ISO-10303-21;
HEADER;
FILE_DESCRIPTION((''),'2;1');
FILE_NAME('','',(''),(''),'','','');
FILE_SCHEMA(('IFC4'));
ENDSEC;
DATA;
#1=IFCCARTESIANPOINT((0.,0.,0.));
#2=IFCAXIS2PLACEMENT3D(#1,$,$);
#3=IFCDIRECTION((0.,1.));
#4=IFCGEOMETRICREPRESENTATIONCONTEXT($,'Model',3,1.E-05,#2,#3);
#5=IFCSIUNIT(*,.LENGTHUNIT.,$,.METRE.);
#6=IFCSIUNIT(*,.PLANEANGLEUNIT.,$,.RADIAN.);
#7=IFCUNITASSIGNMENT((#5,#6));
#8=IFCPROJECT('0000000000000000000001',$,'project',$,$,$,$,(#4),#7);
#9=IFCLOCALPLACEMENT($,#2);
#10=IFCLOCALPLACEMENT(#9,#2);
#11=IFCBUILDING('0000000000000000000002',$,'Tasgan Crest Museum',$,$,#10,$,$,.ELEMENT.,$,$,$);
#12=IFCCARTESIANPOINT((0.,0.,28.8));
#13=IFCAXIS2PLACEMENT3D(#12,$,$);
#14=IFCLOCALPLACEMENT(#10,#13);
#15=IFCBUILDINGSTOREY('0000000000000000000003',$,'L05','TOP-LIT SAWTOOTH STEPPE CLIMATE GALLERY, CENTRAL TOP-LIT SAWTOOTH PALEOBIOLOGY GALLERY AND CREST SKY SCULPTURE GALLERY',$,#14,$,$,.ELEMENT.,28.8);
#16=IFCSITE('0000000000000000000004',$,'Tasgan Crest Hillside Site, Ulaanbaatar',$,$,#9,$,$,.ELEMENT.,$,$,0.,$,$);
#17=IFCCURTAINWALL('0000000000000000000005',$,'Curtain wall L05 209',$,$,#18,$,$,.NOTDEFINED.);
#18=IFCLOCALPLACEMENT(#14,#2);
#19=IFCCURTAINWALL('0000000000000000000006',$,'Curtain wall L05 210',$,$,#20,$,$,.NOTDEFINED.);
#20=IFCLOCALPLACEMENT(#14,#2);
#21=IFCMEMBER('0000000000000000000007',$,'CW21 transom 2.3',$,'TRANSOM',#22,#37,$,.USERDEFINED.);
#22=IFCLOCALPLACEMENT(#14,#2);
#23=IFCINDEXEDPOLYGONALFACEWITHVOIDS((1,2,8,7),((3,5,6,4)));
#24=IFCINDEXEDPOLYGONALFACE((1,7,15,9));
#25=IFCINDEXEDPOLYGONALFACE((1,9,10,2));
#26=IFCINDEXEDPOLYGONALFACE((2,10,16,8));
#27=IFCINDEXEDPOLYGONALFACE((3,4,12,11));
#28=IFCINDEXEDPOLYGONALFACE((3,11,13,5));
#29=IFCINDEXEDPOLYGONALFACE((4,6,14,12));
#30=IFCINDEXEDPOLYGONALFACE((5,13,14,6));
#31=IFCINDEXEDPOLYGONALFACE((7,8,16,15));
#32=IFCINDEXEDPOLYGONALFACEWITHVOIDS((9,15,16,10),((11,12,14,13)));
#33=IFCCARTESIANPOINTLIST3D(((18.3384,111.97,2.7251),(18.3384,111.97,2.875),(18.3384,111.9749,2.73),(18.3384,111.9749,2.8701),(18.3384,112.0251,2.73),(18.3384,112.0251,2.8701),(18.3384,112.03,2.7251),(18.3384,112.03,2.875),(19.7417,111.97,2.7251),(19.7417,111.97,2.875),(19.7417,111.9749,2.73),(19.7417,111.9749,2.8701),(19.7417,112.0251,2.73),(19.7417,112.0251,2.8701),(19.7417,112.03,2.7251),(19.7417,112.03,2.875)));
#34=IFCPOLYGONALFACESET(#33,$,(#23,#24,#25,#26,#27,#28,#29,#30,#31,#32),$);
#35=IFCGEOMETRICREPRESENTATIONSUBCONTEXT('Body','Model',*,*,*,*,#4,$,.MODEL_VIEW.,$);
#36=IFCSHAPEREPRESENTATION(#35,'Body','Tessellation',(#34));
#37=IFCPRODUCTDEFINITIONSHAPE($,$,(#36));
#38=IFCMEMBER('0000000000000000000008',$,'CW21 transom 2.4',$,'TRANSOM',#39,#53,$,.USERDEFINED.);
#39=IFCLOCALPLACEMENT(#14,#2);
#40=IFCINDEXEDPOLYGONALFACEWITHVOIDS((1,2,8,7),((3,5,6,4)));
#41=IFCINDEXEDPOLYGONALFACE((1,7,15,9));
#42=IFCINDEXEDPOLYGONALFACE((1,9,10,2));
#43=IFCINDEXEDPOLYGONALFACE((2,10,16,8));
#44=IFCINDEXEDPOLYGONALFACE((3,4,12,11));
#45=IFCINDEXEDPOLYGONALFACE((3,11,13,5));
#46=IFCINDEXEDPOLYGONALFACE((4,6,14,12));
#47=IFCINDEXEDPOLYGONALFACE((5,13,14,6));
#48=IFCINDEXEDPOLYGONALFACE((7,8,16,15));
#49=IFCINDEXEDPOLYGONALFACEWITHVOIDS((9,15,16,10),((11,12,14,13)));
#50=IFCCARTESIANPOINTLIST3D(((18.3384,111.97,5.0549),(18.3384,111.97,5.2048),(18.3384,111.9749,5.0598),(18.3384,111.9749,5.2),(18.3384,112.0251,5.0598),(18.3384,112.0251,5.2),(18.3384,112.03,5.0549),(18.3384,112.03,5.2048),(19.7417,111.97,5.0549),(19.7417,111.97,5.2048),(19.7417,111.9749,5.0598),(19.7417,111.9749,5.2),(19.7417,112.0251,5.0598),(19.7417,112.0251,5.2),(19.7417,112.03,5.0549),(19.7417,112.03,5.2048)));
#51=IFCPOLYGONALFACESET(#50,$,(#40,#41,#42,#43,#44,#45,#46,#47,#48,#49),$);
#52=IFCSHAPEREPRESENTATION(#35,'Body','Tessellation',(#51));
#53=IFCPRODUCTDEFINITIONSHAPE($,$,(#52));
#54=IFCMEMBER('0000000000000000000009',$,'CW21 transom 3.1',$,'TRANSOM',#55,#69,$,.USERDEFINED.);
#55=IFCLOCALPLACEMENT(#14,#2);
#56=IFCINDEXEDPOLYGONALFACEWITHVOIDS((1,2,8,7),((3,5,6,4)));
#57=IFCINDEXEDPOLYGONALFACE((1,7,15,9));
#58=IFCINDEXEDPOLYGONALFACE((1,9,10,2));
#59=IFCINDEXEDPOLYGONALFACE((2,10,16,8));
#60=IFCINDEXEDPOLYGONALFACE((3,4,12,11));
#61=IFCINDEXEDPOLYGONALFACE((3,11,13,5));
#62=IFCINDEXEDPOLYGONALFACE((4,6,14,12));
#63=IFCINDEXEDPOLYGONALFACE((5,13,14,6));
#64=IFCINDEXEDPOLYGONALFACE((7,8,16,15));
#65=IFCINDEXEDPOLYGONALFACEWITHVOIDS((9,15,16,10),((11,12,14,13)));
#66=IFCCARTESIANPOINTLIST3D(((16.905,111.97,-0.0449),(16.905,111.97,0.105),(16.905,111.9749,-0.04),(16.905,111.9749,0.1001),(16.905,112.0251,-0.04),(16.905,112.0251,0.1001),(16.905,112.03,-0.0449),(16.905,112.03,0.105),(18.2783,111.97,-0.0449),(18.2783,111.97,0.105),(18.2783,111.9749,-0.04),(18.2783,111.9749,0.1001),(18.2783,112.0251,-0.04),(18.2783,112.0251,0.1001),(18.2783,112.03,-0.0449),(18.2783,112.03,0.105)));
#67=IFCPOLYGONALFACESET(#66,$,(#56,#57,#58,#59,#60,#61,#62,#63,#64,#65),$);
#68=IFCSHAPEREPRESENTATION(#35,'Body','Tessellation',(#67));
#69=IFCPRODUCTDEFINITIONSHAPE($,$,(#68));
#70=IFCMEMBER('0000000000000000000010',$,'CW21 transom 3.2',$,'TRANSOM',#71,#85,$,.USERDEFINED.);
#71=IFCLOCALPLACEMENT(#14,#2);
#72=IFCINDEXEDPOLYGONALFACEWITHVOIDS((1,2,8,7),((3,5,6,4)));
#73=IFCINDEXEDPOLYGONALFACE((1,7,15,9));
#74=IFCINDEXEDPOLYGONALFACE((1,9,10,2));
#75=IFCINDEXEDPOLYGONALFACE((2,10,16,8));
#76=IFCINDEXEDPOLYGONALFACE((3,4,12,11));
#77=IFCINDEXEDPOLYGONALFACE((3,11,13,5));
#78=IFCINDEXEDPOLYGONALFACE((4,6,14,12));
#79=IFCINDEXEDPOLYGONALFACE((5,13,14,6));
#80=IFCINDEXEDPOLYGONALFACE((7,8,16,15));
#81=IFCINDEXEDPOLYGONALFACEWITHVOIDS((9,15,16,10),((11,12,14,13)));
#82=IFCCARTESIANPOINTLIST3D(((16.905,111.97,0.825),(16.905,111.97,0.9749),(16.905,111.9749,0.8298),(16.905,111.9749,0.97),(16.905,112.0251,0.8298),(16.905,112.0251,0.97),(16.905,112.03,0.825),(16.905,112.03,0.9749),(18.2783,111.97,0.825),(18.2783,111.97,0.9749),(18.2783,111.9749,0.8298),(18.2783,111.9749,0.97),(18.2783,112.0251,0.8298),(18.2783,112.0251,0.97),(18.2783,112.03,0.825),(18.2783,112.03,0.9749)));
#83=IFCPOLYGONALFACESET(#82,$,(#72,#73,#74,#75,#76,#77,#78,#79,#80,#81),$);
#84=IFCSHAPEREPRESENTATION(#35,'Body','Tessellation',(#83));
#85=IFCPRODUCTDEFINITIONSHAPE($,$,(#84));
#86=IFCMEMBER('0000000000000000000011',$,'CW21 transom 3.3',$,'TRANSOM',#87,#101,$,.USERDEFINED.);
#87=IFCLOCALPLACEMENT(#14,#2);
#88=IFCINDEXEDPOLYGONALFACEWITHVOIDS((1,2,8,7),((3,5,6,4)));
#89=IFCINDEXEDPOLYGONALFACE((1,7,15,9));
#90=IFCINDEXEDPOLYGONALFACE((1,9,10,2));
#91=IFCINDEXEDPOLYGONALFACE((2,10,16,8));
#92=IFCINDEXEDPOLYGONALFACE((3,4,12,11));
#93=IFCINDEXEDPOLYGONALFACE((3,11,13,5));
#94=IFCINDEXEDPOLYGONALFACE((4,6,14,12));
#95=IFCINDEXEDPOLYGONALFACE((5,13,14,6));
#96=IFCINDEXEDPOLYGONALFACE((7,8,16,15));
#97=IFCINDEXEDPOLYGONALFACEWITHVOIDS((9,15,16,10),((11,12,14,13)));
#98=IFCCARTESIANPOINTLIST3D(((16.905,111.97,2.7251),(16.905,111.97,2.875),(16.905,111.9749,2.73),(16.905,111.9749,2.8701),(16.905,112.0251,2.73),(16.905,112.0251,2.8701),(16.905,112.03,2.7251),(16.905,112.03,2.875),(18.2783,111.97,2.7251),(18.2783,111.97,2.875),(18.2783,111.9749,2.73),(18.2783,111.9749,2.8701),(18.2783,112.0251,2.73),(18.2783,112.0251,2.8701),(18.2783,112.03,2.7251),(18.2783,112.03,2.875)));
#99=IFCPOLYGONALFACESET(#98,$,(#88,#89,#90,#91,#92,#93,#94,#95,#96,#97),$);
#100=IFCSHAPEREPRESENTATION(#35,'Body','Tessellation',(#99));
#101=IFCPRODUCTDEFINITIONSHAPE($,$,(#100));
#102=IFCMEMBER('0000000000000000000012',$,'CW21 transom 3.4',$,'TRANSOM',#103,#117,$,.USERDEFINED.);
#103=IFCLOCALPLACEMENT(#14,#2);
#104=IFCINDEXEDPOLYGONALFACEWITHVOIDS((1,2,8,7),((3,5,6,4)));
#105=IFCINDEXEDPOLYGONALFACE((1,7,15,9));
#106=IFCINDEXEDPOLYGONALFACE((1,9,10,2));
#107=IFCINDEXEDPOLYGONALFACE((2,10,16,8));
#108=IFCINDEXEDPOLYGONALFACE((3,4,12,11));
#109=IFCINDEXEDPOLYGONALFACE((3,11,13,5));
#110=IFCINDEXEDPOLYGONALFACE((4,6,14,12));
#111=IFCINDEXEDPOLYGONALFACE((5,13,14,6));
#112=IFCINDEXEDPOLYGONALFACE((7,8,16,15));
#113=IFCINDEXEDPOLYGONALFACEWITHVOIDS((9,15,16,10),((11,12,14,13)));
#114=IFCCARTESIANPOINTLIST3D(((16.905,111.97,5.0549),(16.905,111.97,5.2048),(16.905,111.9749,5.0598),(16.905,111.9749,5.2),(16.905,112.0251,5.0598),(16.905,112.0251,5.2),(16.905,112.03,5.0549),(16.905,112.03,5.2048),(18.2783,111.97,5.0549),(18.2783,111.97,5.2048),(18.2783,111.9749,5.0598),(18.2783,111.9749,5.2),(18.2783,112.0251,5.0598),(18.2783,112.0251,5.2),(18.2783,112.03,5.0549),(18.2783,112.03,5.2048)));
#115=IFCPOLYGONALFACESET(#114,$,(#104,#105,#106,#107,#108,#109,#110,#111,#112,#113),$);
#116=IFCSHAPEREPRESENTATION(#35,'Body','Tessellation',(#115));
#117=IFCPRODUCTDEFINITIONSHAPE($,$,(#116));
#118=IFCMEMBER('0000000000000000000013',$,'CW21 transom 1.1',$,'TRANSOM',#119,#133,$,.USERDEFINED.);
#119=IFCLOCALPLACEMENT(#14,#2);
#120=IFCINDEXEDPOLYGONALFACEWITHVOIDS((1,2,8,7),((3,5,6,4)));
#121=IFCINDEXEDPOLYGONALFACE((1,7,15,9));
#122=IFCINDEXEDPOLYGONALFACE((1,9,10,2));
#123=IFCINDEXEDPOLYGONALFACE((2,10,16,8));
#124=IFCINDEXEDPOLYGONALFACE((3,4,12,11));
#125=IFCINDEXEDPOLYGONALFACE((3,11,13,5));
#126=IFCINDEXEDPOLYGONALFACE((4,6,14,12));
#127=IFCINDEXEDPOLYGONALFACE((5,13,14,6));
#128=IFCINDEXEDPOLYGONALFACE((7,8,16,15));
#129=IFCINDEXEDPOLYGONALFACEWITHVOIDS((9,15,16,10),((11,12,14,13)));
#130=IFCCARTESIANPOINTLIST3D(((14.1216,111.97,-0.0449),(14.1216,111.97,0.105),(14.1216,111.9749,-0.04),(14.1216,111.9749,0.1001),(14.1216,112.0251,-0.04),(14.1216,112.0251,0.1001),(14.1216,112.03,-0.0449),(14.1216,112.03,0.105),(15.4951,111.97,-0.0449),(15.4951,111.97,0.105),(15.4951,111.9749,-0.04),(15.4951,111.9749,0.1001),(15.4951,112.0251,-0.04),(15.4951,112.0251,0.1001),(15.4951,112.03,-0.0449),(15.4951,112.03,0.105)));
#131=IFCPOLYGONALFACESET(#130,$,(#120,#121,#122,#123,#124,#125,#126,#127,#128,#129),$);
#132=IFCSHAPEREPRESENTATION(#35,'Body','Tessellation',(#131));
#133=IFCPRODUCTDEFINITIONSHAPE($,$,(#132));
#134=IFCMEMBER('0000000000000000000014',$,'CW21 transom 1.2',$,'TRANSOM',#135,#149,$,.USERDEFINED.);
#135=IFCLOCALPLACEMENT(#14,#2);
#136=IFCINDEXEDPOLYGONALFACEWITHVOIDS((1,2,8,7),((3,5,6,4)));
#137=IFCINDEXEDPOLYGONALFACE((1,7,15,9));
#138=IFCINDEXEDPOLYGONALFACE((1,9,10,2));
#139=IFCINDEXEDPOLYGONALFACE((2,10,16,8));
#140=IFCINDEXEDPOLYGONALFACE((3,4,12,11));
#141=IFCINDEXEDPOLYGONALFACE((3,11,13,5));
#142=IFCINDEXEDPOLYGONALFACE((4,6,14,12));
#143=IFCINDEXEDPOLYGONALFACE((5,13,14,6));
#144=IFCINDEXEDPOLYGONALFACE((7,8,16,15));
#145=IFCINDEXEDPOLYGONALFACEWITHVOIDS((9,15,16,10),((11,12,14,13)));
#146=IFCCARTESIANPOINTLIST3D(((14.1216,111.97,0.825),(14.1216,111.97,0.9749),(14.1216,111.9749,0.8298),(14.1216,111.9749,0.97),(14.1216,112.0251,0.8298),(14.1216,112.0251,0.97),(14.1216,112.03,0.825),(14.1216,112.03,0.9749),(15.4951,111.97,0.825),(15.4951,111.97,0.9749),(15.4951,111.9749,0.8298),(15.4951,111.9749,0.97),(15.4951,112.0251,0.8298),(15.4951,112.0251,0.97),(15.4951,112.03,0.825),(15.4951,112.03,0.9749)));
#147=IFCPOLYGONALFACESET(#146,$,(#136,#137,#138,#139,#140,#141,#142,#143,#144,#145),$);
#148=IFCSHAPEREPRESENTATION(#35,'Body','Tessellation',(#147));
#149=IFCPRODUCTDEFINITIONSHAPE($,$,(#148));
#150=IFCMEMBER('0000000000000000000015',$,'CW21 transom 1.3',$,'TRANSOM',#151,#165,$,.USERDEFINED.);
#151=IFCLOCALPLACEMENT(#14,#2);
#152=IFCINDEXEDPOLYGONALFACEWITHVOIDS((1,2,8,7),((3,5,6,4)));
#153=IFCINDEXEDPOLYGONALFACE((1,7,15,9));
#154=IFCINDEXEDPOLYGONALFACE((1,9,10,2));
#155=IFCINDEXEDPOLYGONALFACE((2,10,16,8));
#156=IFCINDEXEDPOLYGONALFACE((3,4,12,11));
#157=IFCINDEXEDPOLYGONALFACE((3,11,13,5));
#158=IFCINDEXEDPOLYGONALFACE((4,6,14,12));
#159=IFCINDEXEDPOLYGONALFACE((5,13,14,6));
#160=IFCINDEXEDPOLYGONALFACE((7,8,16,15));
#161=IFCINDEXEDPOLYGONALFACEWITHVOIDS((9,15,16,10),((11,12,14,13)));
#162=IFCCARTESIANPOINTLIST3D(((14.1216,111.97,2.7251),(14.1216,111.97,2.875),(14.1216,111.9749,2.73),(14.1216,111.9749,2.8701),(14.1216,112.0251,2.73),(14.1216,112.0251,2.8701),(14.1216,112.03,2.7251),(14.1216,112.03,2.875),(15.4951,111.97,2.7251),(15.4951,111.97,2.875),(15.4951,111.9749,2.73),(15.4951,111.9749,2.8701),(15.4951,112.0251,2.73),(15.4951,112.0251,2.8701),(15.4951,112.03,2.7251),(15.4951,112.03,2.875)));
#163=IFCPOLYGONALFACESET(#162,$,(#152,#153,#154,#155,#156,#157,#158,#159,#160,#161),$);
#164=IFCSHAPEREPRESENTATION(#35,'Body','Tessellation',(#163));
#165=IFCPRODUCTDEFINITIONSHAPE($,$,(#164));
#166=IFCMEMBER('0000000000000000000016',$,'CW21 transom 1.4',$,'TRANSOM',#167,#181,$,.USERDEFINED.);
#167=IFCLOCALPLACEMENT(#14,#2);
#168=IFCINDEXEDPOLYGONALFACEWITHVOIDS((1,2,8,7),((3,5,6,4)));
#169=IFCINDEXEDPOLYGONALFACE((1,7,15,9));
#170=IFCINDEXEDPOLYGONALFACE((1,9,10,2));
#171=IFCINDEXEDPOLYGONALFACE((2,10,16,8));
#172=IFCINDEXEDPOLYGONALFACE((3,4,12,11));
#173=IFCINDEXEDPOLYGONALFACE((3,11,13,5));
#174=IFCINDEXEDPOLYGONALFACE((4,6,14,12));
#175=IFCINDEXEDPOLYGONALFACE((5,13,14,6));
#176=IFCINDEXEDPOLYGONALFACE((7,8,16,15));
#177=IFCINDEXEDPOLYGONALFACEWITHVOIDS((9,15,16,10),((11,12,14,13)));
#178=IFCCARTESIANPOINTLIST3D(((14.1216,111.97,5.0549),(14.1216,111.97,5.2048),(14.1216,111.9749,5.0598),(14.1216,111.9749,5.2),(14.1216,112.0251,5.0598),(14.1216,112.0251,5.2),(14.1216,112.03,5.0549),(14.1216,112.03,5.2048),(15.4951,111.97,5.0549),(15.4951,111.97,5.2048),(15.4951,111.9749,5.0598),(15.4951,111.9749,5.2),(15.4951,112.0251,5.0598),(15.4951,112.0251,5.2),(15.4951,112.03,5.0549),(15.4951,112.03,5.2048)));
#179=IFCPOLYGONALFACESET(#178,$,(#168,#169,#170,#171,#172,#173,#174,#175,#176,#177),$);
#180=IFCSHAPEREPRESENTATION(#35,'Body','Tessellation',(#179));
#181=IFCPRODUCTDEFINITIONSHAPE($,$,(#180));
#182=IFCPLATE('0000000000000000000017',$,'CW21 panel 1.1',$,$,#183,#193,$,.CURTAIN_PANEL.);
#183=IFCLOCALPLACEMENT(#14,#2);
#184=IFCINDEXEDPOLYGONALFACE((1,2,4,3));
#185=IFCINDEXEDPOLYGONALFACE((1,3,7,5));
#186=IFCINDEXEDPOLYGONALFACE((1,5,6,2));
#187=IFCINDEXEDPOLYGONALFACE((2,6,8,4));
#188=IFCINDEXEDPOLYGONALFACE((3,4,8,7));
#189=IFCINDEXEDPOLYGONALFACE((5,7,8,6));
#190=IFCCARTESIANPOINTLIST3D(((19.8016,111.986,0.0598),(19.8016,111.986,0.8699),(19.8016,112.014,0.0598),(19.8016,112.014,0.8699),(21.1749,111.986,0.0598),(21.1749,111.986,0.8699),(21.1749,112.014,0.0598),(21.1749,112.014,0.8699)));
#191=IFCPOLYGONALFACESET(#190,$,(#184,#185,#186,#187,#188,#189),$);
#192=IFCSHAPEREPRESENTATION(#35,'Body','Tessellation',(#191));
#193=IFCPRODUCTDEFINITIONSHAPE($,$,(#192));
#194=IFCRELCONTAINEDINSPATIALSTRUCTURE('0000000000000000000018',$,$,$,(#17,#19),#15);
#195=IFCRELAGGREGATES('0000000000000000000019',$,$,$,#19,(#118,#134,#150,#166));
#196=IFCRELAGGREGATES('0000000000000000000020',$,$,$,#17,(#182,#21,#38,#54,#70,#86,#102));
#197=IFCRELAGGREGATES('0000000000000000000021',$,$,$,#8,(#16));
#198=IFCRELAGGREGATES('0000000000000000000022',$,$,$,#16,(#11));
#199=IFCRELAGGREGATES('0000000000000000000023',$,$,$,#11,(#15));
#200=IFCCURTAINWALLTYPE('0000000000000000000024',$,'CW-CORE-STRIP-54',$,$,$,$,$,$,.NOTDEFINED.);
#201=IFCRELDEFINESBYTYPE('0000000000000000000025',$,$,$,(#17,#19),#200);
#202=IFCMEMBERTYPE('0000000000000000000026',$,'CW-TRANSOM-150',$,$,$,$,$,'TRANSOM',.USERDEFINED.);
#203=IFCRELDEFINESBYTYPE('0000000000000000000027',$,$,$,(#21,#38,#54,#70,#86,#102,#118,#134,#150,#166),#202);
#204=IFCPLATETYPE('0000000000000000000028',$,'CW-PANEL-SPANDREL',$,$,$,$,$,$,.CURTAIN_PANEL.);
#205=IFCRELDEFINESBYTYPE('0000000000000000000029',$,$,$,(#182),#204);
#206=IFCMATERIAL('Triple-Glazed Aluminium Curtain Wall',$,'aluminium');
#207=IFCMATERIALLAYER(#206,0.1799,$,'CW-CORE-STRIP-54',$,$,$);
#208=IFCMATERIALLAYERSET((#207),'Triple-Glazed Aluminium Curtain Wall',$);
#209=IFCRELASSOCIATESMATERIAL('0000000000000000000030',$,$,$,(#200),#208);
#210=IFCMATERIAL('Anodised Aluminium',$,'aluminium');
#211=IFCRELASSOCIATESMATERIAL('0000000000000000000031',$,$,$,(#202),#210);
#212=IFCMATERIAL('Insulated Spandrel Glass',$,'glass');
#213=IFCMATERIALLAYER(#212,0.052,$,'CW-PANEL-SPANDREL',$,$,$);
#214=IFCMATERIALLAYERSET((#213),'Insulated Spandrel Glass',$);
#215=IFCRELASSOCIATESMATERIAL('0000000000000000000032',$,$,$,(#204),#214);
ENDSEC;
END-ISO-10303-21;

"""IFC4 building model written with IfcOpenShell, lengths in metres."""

from ifc_helpers import new_model, si_unit, direction, frame, origin, origin_2d, place, context, subcontext, project, spatial, rectangle, hollow_rectangle, extrude, material, layer, layer_set, material_profile, profile_set, type_object, element, aggregate, save


model = new_model("IFC4")

# Units and contexts
model_context = context("Model", 3, precision=1e-05, world=origin(), true_north=direction((0.0, 1.0)))
body_context = subcontext(model_context, "Body", "Model", "MODEL_VIEW")
ifc_project = project(units=[si_unit("LENGTHUNIT", "METRE"), si_unit("PLANEANGLEUNIT", "RADIAN")], contexts=[model_context])

# Site, building, storey
site_placement = place(None, origin())
site = spatial("IfcSite", under=ifc_project, at=site_placement, Name="Tasgan Crest Hillside Site, Ulaanbaatar", CompositionType="ELEMENT", RefElevation=0.0)
building_placement = place(site_placement, origin())
building = spatial("IfcBuilding", under=site, at=building_placement, Name="Tasgan Crest Museum", CompositionType="ELEMENT")
storey_placement = place(building_placement, frame((0.0, 0.0, 28.8)))
storey = spatial("IfcBuildingStorey", under=building, at=storey_placement, Name="L05", Description="TOP-LIT SAWTOOTH STEPPE CLIMATE GALLERY, CENTRAL TOP-LIT SAWTOOTH PALEOBIOLOGY GALLERY AND CREST SKY SCULPTURE GALLERY", CompositionType="ELEMENT", Elevation=28.8)

# Curtain wall
ifc_material_1 = material(Name="Triple-Glazed Aluminium Curtain Wall", Category="aluminium")
ifc_layer_1 = layer(ifc_material_1, 0.1799, Name="CW-CORE-STRIP-54")
ifc_layer_set_1 = layer_set([ifc_layer_1], Name="Triple-Glazed Aluminium Curtain Wall")
curtain_wall_type = type_object("IfcCurtainWallType", Name="CW-CORE-STRIP-54", PredefinedType="NOTDEFINED", material=ifc_layer_set_1)
curtain_wall_1_placement = place(storey_placement, origin())
curtain_wall_1 = element("IfcCurtainWall", 1, at=curtain_wall_1_placement, inside=storey, type_object=curtain_wall_type, Name="Curtain wall L05 209", PredefinedType="NOTDEFINED")

# Curtain wall
curtain_wall_2_placement = place(storey_placement, origin())
curtain_wall_2 = element("IfcCurtainWall", 2, at=curtain_wall_2_placement, inside=storey, type_object=curtain_wall_type, Name="Curtain wall L05 210", PredefinedType="NOTDEFINED")

# Members
ifc_material_2 = material(Name="Anodised Aluminium", Category="aluminium")
ifc_material_profile_1 = material_profile(ifc_material_2, hollow_rectangle(XDim=0.0601, YDim=0.1499, WallThickness=0.0049, at=origin_2d()), Name="ALU TRANSOM 150x60x5")
ifc_profile_set_1 = profile_set([ifc_material_profile_1], Name="Anodised Aluminium")
member_type_1 = type_object("IfcMemberType", Name="CW-TRANSOM-150", ElementType="TRANSOM", PredefinedType="USERDEFINED", material=ifc_profile_set_1)
member_1_placement = place(storey_placement, frame((19.7417, 112.0, 2.8), z_axis=(-1.0, 0.0, 0.0), x_axis=(0.0, -1.0, 0.0)))
member_1 = element("IfcMember", 3, at=member_1_placement, type_object=member_type_1, Name="CW21 transom 2.3", ObjectType="TRANSOM", PredefinedType="USERDEFINED", context=body_context, shape_type="SweptSolid", body=[
    extrude(hollow_rectangle(XDim=0.0601, YDim=0.1499, WallThickness=0.0049, at=origin_2d()), origin(), (0.0, 0.0, 1.0), 1.4033),
])
member_2_placement = place(storey_placement, frame((19.7417, 112.0, 5.1299), z_axis=(-1.0, 0.0, 0.0), x_axis=(0.0, -1.0, 0.0)))
member_2 = element("IfcMember", 4, at=member_2_placement, type_object=member_type_1, Name="CW21 transom 2.4", ObjectType="TRANSOM", PredefinedType="USERDEFINED", context=body_context, shape_type="SweptSolid", body=[
    extrude(hollow_rectangle(XDim=0.0601, YDim=0.1499, WallThickness=0.0049, at=origin_2d()), origin(), (0.0, 0.0, 1.0), 1.4033),
])
member_3_placement = place(storey_placement, frame((18.2783, 112.0, 0.03), z_axis=(-1.0, 0.0, 0.0), x_axis=(0.0, -1.0, 0.0)))
member_3 = element("IfcMember", 5, at=member_3_placement, type_object=member_type_1, Name="CW21 transom 3.1", ObjectType="TRANSOM", PredefinedType="USERDEFINED", context=body_context, shape_type="SweptSolid", body=[
    extrude(hollow_rectangle(XDim=0.0601, YDim=0.1499, WallThickness=0.0049, at=origin_2d()), origin(), (0.0, 0.0, 1.0), 1.3733),
])
member_4_placement = place(storey_placement, frame((18.2783, 112.0, 0.8999), z_axis=(-1.0, 0.0, 0.0), x_axis=(0.0, -1.0, 0.0)))
member_4 = element("IfcMember", 6, at=member_4_placement, type_object=member_type_1, Name="CW21 transom 3.2", ObjectType="TRANSOM", PredefinedType="USERDEFINED", context=body_context, shape_type="SweptSolid", body=[
    extrude(hollow_rectangle(XDim=0.0601, YDim=0.1499, WallThickness=0.0049, at=origin_2d()), origin(), (0.0, 0.0, 1.0), 1.3733),
])
member_5_placement = place(storey_placement, frame((18.2783, 112.0, 2.8), z_axis=(-1.0, 0.0, 0.0), x_axis=(0.0, -1.0, 0.0)))
member_5 = element("IfcMember", 7, at=member_5_placement, type_object=member_type_1, Name="CW21 transom 3.3", ObjectType="TRANSOM", PredefinedType="USERDEFINED", context=body_context, shape_type="SweptSolid", body=[
    extrude(hollow_rectangle(XDim=0.0601, YDim=0.1499, WallThickness=0.0049, at=origin_2d()), origin(), (0.0, 0.0, 1.0), 1.3733),
])
member_6_placement = place(storey_placement, frame((18.2783, 112.0, 5.1299), z_axis=(-1.0, 0.0, 0.0), x_axis=(0.0, -1.0, 0.0)))
member_6 = element("IfcMember", 8, at=member_6_placement, type_object=member_type_1, Name="CW21 transom 3.4", ObjectType="TRANSOM", PredefinedType="USERDEFINED", context=body_context, shape_type="SweptSolid", body=[
    extrude(hollow_rectangle(XDim=0.0601, YDim=0.1499, WallThickness=0.0049, at=origin_2d()), origin(), (0.0, 0.0, 1.0), 1.3733),
])
member_7_placement = place(storey_placement, frame((15.4951, 112.0, 0.03), z_axis=(-1.0, 0.0, 0.0), x_axis=(0.0, -1.0, 0.0)))
member_7 = element("IfcMember", 9, at=member_7_placement, type_object=member_type_1, Name="CW21 transom 1.1", ObjectType="TRANSOM", PredefinedType="USERDEFINED", context=body_context, shape_type="SweptSolid", body=[
    extrude(hollow_rectangle(XDim=0.0601, YDim=0.1499, WallThickness=0.0049, at=origin_2d()), origin(), (0.0, 0.0, 1.0), 1.3735),
])
member_8_placement = place(storey_placement, frame((15.4951, 112.0, 0.8999), z_axis=(-1.0, 0.0, 0.0), x_axis=(0.0, -1.0, 0.0)))
member_8 = element("IfcMember", 10, at=member_8_placement, type_object=member_type_1, Name="CW21 transom 1.2", ObjectType="TRANSOM", PredefinedType="USERDEFINED", context=body_context, shape_type="SweptSolid", body=[
    extrude(hollow_rectangle(XDim=0.0601, YDim=0.1499, WallThickness=0.0049, at=origin_2d()), origin(), (0.0, 0.0, 1.0), 1.3735),
])
member_9_placement = place(storey_placement, frame((15.4951, 112.0, 2.8), z_axis=(-1.0, 0.0, 0.0), x_axis=(0.0, -1.0, 0.0)))
member_9 = element("IfcMember", 11, at=member_9_placement, type_object=member_type_1, Name="CW21 transom 1.3", ObjectType="TRANSOM", PredefinedType="USERDEFINED", context=body_context, shape_type="SweptSolid", body=[
    extrude(hollow_rectangle(XDim=0.0601, YDim=0.1499, WallThickness=0.0049, at=origin_2d()), origin(), (0.0, 0.0, 1.0), 1.3735),
])
member_10_placement = place(storey_placement, frame((15.4951, 112.0, 5.1299), z_axis=(-1.0, 0.0, 0.0), x_axis=(0.0, -1.0, 0.0)))
member_10 = element("IfcMember", 12, at=member_10_placement, type_object=member_type_1, Name="CW21 transom 1.4", ObjectType="TRANSOM", PredefinedType="USERDEFINED", context=body_context, shape_type="SweptSolid", body=[
    extrude(hollow_rectangle(XDim=0.0601, YDim=0.1499, WallThickness=0.0049, at=origin_2d()), origin(), (0.0, 0.0, 1.0), 1.3735),
])
aggregate(curtain_wall_2, [member_7, member_8, member_9, member_10])

# Plate
ifc_material_3 = material(Name="Insulated Spandrel Glass", Category="glass")
ifc_layer_2 = layer(ifc_material_3, 0.052, Name="CW-PANEL-SPANDREL")
ifc_layer_set_2 = layer_set([ifc_layer_2], Name="Insulated Spandrel Glass")
plate_type_1 = type_object("IfcPlateType", Name="CW-PANEL-SPANDREL", PredefinedType="CURTAIN_PANEL", material=ifc_layer_set_2)
plate_1_placement = place(storey_placement, frame((20.4883, 112.0, 0.0598), z_axis=(0.0, 0.0, 1.0), x_axis=(-1.0, 0.0, 0.0)))
plate_1 = element("IfcPlate", 13, at=plate_1_placement, type_object=plate_type_1, Name="CW21 panel 1.1", PredefinedType="CURTAIN_PANEL", context=body_context, shape_type="SweptSolid", body=[
    extrude(rectangle(XDim=1.3733, YDim=0.0281, at=origin_2d()), origin(), (0.0, 0.0, 1.0), 0.8101),
])
aggregate(curtain_wall_1, [plate_1, member_1, member_2, member_3, member_4, member_5, member_6])

save(model, "model.ifc")
